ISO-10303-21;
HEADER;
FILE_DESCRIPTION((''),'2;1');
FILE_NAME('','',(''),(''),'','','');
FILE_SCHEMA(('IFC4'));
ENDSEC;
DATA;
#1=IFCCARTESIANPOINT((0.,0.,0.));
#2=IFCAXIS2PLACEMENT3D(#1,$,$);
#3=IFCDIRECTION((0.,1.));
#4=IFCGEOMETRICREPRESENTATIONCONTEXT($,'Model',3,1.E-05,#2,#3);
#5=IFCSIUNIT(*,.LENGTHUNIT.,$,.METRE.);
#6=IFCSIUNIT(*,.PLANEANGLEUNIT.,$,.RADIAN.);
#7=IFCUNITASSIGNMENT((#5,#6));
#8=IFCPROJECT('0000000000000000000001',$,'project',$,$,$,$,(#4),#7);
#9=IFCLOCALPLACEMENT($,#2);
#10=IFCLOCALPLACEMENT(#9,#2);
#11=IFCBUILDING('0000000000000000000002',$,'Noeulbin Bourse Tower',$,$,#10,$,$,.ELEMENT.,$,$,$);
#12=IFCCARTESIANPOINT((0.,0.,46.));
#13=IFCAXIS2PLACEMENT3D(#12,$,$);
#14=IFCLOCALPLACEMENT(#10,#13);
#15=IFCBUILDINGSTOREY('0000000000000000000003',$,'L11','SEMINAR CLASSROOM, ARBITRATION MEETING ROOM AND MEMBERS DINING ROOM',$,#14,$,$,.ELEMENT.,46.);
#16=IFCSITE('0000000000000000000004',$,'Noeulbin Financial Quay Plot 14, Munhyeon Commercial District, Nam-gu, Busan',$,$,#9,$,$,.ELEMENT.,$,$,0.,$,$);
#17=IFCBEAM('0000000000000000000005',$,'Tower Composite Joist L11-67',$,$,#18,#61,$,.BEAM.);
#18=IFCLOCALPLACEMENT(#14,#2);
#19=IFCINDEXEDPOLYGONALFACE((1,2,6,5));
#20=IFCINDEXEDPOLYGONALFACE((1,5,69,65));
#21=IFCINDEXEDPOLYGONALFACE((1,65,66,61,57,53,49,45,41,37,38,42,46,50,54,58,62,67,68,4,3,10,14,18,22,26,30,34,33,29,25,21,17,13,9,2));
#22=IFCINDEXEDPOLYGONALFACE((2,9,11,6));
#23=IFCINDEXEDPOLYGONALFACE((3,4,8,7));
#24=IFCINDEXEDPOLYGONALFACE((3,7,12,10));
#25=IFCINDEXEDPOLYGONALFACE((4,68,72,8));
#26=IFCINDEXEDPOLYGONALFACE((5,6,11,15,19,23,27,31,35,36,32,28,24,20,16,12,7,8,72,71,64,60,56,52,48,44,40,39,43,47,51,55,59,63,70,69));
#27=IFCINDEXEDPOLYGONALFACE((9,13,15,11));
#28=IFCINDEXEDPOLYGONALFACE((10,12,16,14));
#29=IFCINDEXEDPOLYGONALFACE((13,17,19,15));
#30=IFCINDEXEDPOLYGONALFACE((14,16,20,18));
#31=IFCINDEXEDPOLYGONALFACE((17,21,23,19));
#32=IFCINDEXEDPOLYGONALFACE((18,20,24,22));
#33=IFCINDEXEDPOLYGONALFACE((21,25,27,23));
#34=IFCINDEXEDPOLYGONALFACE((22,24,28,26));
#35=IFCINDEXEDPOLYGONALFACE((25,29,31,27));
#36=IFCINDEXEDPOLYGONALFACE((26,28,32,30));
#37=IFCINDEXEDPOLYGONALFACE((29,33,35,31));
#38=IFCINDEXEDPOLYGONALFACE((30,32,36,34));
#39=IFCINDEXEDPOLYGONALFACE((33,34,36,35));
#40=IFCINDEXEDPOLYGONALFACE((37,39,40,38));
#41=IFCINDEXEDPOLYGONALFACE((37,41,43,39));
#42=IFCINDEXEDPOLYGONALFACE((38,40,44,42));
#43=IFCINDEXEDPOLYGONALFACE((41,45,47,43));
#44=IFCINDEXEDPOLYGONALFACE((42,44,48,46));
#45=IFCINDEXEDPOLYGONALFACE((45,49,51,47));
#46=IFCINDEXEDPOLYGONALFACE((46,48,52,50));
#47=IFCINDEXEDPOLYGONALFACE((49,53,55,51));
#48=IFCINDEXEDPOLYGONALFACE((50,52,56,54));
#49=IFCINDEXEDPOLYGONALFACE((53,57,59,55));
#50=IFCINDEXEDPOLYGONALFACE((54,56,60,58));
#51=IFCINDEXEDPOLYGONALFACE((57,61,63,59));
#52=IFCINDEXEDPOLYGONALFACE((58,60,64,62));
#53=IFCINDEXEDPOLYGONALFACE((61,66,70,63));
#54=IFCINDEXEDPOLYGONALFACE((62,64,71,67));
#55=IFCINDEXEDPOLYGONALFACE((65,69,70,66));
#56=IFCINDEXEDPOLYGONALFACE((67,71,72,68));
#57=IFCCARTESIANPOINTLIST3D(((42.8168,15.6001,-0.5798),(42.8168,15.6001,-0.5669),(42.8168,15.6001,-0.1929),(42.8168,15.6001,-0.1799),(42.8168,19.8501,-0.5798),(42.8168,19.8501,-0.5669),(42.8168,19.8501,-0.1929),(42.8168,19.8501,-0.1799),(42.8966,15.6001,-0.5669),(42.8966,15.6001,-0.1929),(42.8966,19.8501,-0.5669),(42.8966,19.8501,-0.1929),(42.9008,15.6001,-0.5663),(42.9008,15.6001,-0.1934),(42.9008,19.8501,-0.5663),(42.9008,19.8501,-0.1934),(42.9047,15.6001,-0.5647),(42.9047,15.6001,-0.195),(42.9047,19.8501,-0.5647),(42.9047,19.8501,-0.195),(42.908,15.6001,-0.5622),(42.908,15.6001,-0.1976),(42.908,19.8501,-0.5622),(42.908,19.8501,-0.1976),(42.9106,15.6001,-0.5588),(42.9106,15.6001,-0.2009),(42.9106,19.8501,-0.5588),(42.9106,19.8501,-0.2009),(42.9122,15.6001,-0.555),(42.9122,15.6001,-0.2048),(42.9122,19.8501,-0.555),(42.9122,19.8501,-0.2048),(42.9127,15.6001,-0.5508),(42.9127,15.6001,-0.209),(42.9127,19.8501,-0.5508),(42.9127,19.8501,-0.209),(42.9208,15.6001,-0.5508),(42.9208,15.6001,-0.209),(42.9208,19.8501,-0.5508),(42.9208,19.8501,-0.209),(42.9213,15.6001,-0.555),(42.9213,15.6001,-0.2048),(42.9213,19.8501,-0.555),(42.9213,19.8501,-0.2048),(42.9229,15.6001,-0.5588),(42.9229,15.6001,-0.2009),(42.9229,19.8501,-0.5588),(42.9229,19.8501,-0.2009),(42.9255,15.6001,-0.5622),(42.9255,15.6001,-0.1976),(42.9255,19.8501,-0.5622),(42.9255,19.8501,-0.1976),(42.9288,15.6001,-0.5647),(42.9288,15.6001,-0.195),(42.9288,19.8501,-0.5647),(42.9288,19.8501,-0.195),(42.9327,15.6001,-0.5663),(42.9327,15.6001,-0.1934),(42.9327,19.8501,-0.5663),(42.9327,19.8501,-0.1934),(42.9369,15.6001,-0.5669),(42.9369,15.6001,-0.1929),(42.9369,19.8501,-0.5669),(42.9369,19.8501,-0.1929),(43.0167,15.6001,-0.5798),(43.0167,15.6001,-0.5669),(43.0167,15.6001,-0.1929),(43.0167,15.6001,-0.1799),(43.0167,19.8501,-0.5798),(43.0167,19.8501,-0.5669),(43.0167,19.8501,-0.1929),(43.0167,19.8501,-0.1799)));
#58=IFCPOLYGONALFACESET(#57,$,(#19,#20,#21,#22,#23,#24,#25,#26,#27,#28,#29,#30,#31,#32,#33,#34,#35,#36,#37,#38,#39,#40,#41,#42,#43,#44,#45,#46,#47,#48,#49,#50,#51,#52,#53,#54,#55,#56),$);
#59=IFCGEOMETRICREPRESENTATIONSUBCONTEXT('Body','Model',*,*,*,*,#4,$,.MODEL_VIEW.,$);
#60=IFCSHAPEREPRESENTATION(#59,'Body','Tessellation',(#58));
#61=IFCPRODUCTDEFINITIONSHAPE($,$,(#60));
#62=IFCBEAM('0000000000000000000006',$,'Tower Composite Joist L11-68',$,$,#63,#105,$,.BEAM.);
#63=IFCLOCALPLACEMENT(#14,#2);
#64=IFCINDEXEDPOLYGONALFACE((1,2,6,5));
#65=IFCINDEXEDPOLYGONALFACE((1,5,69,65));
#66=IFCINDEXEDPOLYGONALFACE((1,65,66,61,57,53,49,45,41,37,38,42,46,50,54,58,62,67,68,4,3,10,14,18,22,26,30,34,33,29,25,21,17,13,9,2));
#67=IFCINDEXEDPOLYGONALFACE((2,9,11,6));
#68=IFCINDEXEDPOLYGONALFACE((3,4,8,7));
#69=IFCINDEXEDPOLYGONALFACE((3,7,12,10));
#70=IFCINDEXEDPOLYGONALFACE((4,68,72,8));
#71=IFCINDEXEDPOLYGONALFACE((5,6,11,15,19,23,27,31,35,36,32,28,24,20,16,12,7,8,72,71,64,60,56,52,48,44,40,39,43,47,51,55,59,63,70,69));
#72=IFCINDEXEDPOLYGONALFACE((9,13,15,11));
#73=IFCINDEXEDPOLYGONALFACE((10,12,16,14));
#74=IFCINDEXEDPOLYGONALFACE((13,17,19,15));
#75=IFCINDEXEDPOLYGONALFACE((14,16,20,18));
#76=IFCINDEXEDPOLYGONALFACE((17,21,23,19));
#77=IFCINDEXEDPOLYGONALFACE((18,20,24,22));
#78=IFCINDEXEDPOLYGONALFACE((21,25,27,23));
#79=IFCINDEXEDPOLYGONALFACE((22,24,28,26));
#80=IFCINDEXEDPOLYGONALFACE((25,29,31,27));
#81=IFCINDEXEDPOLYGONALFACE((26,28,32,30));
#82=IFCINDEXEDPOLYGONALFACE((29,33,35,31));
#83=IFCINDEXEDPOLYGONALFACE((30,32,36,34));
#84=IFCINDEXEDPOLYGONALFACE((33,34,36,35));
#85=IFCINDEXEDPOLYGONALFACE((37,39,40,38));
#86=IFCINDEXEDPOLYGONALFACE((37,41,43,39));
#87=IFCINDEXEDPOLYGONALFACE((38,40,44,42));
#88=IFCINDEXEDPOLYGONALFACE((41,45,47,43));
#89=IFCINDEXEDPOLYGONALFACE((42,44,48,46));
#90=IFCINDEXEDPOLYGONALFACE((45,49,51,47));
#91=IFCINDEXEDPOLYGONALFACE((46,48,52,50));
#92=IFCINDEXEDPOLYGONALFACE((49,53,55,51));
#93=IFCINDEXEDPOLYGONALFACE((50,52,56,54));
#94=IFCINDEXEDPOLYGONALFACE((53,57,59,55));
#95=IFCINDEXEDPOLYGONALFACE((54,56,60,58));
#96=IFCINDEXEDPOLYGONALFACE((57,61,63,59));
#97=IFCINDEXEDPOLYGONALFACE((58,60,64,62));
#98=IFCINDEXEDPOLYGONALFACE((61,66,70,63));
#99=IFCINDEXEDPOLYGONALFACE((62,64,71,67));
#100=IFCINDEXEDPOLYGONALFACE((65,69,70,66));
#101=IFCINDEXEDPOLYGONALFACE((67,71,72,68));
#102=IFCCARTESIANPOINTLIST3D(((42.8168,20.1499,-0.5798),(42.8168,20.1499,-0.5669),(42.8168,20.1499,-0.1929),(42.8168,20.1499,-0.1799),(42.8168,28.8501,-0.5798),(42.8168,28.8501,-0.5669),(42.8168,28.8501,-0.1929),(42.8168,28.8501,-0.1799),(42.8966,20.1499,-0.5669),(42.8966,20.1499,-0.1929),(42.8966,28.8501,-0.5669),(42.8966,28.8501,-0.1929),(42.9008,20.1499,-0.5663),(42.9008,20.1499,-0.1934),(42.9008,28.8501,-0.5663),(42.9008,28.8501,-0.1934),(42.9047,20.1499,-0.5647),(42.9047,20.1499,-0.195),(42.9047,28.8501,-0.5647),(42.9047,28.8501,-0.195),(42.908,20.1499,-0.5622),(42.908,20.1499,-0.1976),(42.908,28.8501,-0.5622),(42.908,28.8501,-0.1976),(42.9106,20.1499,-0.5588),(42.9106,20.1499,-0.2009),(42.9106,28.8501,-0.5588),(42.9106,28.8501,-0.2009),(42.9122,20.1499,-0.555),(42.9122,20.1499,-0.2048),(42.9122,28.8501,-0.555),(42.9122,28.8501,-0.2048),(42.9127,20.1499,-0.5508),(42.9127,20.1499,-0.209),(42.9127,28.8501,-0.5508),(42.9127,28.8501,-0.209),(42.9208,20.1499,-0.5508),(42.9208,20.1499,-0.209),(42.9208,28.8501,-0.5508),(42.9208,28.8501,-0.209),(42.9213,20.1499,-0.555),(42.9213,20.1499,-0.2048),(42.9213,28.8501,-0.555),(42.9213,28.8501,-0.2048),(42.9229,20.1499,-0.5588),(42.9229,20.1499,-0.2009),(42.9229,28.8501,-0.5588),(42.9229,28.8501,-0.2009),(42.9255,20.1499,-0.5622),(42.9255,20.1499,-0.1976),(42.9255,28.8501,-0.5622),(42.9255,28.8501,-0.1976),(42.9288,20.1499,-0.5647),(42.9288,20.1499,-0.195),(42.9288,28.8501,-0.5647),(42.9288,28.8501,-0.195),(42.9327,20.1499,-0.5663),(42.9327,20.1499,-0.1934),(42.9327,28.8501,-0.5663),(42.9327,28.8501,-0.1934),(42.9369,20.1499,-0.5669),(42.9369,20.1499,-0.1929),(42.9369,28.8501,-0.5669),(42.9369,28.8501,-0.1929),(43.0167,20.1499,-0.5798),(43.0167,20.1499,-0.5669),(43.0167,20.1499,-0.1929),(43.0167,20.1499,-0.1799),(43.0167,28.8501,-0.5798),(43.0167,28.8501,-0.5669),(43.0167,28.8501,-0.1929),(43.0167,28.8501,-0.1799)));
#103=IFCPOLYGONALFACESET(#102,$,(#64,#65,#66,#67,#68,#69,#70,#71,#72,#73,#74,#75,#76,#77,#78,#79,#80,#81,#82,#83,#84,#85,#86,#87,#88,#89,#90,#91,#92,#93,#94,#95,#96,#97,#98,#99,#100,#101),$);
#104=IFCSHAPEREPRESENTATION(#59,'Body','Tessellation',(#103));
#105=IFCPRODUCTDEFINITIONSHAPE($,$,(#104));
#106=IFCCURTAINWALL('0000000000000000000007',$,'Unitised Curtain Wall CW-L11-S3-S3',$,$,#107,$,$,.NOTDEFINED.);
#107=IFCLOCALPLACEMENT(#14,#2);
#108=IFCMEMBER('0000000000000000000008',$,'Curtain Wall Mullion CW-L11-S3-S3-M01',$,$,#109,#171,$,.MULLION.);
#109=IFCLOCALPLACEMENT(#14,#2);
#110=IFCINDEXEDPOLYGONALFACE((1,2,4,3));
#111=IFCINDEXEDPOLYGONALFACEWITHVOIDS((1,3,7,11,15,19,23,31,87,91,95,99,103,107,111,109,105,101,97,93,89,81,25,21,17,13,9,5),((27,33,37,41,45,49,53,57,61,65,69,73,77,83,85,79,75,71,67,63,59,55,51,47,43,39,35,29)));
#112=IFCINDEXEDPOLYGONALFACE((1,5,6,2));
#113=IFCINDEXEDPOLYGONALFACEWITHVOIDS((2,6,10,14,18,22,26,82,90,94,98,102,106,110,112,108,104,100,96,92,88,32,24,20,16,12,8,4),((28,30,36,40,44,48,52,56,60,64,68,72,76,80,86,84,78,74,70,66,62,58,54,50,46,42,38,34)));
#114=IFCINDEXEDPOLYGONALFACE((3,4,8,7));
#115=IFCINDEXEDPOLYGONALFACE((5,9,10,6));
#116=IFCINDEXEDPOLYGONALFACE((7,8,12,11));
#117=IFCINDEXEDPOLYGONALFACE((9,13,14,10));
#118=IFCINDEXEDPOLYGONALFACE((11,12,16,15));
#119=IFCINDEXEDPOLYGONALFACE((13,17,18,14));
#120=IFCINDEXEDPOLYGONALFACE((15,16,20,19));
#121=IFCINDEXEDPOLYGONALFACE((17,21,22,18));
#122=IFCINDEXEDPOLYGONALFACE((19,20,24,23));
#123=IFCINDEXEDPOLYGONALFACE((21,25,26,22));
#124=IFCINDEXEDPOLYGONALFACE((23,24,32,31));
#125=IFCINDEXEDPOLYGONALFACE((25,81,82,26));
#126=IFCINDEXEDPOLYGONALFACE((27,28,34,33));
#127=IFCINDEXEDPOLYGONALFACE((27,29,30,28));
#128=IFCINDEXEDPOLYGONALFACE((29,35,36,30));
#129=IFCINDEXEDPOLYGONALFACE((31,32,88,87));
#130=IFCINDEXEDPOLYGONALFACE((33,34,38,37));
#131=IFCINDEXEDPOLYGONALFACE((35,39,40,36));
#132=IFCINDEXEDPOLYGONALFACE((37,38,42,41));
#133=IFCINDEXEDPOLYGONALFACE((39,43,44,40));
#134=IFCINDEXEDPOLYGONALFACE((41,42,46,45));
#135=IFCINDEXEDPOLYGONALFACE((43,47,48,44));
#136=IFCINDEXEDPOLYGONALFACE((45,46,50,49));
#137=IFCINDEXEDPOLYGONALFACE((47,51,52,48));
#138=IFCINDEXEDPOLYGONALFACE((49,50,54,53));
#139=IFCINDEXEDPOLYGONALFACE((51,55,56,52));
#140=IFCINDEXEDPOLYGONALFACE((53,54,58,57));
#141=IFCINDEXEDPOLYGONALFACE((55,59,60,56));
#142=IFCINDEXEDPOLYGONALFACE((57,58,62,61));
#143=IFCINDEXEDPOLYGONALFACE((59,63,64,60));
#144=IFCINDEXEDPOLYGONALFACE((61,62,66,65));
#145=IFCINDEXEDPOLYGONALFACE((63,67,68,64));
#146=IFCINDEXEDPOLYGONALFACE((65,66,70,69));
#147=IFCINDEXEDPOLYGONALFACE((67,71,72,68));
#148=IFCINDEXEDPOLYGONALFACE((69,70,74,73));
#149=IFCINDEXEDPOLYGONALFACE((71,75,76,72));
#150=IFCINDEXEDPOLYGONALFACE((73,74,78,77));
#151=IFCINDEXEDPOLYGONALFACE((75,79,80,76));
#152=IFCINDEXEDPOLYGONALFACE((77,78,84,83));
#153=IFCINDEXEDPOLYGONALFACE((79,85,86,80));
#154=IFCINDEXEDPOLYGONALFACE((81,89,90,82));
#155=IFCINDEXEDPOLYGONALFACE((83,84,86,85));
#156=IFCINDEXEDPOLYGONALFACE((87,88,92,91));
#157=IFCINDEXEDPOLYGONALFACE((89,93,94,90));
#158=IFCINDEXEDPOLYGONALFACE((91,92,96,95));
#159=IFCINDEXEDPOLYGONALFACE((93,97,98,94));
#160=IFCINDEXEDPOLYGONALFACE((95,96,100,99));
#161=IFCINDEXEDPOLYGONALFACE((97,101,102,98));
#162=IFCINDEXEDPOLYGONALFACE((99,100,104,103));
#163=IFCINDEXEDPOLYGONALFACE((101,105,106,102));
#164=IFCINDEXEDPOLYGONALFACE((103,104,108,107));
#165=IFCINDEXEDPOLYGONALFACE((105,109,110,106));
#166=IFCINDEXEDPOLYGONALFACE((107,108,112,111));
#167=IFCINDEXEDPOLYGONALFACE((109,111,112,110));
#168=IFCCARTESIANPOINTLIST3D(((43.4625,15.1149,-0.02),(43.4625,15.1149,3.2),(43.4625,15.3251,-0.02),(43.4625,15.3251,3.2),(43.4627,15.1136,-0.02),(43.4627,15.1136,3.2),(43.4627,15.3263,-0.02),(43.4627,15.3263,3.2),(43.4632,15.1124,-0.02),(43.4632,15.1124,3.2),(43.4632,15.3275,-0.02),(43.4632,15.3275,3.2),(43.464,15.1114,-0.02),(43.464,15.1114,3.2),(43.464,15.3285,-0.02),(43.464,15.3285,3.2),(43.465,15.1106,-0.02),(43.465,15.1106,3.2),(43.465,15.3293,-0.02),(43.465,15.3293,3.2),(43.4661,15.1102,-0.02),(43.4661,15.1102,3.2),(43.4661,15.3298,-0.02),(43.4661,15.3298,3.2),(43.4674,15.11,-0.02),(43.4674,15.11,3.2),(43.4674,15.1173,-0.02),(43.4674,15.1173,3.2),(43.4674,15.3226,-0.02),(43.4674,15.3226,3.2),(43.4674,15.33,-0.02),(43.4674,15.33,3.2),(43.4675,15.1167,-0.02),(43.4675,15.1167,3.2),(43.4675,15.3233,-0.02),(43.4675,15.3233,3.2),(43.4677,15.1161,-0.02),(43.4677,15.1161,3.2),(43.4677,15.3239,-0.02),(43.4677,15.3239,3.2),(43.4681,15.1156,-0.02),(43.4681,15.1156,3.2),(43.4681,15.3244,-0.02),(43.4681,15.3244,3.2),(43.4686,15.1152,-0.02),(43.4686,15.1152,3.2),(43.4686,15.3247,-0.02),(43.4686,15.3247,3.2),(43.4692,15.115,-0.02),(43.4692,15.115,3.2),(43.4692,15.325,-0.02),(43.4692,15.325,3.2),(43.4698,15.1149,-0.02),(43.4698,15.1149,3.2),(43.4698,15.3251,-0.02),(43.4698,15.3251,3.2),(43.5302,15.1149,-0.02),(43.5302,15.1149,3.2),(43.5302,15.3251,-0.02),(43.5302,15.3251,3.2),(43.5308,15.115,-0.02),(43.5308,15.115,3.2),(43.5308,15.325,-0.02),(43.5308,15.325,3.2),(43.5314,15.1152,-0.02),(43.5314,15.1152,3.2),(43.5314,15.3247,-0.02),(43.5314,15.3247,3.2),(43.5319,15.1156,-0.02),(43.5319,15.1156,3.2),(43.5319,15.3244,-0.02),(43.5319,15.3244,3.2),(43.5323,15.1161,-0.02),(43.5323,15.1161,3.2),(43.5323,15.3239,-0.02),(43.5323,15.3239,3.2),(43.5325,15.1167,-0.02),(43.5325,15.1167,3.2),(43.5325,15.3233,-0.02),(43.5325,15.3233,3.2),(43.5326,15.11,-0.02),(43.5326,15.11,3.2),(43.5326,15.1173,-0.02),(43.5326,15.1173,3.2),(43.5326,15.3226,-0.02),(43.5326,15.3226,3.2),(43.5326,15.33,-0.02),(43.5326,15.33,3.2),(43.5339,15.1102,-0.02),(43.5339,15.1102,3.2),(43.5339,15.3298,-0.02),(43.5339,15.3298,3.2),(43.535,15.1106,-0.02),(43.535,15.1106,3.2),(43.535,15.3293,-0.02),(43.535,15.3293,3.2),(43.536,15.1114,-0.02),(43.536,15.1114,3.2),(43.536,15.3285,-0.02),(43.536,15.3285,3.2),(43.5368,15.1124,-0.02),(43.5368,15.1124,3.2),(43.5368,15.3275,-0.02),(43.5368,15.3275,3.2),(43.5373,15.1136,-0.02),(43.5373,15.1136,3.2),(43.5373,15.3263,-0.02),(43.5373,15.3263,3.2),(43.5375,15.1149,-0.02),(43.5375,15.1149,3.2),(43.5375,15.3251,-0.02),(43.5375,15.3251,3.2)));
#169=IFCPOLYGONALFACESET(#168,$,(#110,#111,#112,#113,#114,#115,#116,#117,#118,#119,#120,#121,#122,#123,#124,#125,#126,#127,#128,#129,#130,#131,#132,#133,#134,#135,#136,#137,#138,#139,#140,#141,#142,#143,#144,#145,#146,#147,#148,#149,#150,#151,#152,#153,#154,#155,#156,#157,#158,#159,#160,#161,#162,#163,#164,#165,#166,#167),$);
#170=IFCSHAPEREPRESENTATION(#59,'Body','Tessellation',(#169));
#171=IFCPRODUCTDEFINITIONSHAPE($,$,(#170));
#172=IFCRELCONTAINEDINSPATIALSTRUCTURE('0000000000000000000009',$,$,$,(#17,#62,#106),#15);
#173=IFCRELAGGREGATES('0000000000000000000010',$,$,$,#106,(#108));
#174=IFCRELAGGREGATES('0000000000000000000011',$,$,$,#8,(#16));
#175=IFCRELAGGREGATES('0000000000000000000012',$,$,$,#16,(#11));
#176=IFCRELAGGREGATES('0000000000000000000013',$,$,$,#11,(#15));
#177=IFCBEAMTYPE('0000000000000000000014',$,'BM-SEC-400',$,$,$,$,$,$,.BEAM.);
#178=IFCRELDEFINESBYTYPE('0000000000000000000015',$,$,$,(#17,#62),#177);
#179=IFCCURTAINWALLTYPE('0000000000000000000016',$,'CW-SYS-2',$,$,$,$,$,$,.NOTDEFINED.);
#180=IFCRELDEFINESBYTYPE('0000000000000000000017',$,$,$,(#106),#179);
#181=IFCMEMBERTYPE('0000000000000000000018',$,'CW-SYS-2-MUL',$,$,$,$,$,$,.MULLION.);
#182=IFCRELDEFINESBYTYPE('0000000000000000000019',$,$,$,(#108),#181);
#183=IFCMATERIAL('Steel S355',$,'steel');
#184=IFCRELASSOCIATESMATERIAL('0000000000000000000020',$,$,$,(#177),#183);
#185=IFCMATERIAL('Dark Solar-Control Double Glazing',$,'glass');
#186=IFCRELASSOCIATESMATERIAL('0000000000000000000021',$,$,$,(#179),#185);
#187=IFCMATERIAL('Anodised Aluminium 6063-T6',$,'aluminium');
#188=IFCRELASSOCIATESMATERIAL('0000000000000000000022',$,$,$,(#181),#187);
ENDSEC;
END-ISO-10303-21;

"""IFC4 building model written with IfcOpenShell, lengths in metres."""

from ifc_helpers import new_model, si_unit, direction, frame, origin, origin_2d, place, context, subcontext, project, spatial, hollow_rectangle, i_section, extrude, material, material_profile, profile_set, type_object, element, aggregate, save


model = new_model("IFC4")

# Units and contexts
model_context = context("Model", 3, precision=1e-05, world=origin(), true_north=direction((0.0, 1.0)))
body_context = subcontext(model_context, "Body", "Model", "MODEL_VIEW")
ifc_project = project(units=[si_unit("LENGTHUNIT", "METRE"), si_unit("PLANEANGLEUNIT", "RADIAN")], contexts=[model_context])

# Site, building, storey
site_placement = place(None, origin())
site = spatial("IfcSite", under=ifc_project, at=site_placement, Name="Noeulbin Financial Quay Plot 14, Munhyeon Commercial District, Nam-gu, Busan", CompositionType="ELEMENT", RefElevation=0.0)
building_placement = place(site_placement, origin())
building = spatial("IfcBuilding", under=site, at=building_placement, Name="Noeulbin Bourse Tower", CompositionType="ELEMENT")
storey_placement = place(building_placement, frame((0.0, 0.0, 46.0)))
storey = spatial("IfcBuildingStorey", under=building, at=storey_placement, Name="L11", Description="SEMINAR CLASSROOM, ARBITRATION MEETING ROOM AND MEMBERS DINING ROOM", CompositionType="ELEMENT", Elevation=46.0)

# Beams
ifc_material_1 = material(Name="Steel S355", Category="steel")
ifc_material_profile_1 = material_profile(ifc_material_1, i_section(OverallWidth=0.2, OverallDepth=0.3999, WebThickness=0.0081, FlangeThickness=0.0129, FilletRadius=0.0161, at=origin_2d()), Name="H-400x200x8x13", Category="LoadBearing")
ifc_profile_set_1 = profile_set([ifc_material_profile_1], Name="Steel S355")
beam_type_1 = type_object("IfcBeamType", Name="BM-SEC-400", PredefinedType="BEAM", material=ifc_profile_set_1)
beam_1_placement = place(storey_placement, frame((42.9167, 15.6001, -0.3799), z_axis=(0.0, 1.0, 0.0), x_axis=(-1.0, 0.0, 0.0)))
element("IfcBeam", 1, at=beam_1_placement, inside=storey, type_object=beam_type_1, Name="Tower Composite Joist L11-67", PredefinedType="BEAM", context=body_context, shape_type="SweptSolid", body=[
    extrude(i_section(OverallWidth=0.2, OverallDepth=0.3999, WebThickness=0.0081, FlangeThickness=0.0129, FilletRadius=0.0161, at=origin_2d()), origin(), (0.0, 0.0, 1.0), 4.25),
])
beam_2_placement = place(storey_placement, frame((42.9167, 20.1499, -0.3799), z_axis=(0.0, 1.0, 0.0), x_axis=(-1.0, 0.0, 0.0)))
element("IfcBeam", 2, at=beam_2_placement, inside=storey, type_object=beam_type_1, Name="Tower Composite Joist L11-68", PredefinedType="BEAM", context=body_context, shape_type="SweptSolid", body=[
    extrude(i_section(OverallWidth=0.2, OverallDepth=0.3999, WebThickness=0.0081, FlangeThickness=0.0129, FilletRadius=0.0161, at=origin_2d()), origin(), (0.0, 0.0, 1.0), 8.7002),
])

# Curtain wall, member
ifc_material_2 = material(Name="Dark Solar-Control Double Glazing", Category="glass")
curtain_wall_type = type_object("IfcCurtainWallType", Name="CW-SYS-2", PredefinedType="NOTDEFINED", material=ifc_material_2)
curtain_wall_placement = place(storey_placement, origin())
curtain_wall = element("IfcCurtainWall", 3, at=curtain_wall_placement, inside=storey, type_object=curtain_wall_type, Name="Unitised Curtain Wall CW-L11-S3-S3", PredefinedType="NOTDEFINED")
ifc_material_3 = material(Name="Anodised Aluminium 6063-T6", Category="aluminium")
ifc_material_profile_2 = material_profile(ifc_material_3, hollow_rectangle(XDim=0.075, YDim=0.22, WallThickness=0.0049, InnerFilletRadius=0.0024, OuterFilletRadius=0.0049, at=origin_2d()), Name="ALU-MULL-75x220x5", Category="LoadBearing")
ifc_profile_set_2 = profile_set([ifc_material_profile_2], Name="Anodised Aluminium 6063-T6")
member_type_1 = type_object("IfcMemberType", Name="CW-SYS-2-MUL", PredefinedType="MULLION", material=ifc_profile_set_2)
member_1_placement = place(storey_placement, frame((43.5, 15.22, -0.02), z_axis=(0.0, 0.0, 1.0), x_axis=(1.0, 0.0, 0.0)))
member_1 = element("IfcMember", 4, at=member_1_placement, type_object=member_type_1, Name="Curtain Wall Mullion CW-L11-S3-S3-M01", PredefinedType="MULLION", context=body_context, shape_type="SweptSolid", body=[
    extrude(hollow_rectangle(XDim=0.075, YDim=0.22, WallThickness=0.0049, InnerFilletRadius=0.0024, OuterFilletRadius=0.0049, at=origin_2d()), origin(), (0.0, 0.0, 1.0), 3.22),
])
aggregate(curtain_wall, [member_1])

save(model, "model.ifc")
